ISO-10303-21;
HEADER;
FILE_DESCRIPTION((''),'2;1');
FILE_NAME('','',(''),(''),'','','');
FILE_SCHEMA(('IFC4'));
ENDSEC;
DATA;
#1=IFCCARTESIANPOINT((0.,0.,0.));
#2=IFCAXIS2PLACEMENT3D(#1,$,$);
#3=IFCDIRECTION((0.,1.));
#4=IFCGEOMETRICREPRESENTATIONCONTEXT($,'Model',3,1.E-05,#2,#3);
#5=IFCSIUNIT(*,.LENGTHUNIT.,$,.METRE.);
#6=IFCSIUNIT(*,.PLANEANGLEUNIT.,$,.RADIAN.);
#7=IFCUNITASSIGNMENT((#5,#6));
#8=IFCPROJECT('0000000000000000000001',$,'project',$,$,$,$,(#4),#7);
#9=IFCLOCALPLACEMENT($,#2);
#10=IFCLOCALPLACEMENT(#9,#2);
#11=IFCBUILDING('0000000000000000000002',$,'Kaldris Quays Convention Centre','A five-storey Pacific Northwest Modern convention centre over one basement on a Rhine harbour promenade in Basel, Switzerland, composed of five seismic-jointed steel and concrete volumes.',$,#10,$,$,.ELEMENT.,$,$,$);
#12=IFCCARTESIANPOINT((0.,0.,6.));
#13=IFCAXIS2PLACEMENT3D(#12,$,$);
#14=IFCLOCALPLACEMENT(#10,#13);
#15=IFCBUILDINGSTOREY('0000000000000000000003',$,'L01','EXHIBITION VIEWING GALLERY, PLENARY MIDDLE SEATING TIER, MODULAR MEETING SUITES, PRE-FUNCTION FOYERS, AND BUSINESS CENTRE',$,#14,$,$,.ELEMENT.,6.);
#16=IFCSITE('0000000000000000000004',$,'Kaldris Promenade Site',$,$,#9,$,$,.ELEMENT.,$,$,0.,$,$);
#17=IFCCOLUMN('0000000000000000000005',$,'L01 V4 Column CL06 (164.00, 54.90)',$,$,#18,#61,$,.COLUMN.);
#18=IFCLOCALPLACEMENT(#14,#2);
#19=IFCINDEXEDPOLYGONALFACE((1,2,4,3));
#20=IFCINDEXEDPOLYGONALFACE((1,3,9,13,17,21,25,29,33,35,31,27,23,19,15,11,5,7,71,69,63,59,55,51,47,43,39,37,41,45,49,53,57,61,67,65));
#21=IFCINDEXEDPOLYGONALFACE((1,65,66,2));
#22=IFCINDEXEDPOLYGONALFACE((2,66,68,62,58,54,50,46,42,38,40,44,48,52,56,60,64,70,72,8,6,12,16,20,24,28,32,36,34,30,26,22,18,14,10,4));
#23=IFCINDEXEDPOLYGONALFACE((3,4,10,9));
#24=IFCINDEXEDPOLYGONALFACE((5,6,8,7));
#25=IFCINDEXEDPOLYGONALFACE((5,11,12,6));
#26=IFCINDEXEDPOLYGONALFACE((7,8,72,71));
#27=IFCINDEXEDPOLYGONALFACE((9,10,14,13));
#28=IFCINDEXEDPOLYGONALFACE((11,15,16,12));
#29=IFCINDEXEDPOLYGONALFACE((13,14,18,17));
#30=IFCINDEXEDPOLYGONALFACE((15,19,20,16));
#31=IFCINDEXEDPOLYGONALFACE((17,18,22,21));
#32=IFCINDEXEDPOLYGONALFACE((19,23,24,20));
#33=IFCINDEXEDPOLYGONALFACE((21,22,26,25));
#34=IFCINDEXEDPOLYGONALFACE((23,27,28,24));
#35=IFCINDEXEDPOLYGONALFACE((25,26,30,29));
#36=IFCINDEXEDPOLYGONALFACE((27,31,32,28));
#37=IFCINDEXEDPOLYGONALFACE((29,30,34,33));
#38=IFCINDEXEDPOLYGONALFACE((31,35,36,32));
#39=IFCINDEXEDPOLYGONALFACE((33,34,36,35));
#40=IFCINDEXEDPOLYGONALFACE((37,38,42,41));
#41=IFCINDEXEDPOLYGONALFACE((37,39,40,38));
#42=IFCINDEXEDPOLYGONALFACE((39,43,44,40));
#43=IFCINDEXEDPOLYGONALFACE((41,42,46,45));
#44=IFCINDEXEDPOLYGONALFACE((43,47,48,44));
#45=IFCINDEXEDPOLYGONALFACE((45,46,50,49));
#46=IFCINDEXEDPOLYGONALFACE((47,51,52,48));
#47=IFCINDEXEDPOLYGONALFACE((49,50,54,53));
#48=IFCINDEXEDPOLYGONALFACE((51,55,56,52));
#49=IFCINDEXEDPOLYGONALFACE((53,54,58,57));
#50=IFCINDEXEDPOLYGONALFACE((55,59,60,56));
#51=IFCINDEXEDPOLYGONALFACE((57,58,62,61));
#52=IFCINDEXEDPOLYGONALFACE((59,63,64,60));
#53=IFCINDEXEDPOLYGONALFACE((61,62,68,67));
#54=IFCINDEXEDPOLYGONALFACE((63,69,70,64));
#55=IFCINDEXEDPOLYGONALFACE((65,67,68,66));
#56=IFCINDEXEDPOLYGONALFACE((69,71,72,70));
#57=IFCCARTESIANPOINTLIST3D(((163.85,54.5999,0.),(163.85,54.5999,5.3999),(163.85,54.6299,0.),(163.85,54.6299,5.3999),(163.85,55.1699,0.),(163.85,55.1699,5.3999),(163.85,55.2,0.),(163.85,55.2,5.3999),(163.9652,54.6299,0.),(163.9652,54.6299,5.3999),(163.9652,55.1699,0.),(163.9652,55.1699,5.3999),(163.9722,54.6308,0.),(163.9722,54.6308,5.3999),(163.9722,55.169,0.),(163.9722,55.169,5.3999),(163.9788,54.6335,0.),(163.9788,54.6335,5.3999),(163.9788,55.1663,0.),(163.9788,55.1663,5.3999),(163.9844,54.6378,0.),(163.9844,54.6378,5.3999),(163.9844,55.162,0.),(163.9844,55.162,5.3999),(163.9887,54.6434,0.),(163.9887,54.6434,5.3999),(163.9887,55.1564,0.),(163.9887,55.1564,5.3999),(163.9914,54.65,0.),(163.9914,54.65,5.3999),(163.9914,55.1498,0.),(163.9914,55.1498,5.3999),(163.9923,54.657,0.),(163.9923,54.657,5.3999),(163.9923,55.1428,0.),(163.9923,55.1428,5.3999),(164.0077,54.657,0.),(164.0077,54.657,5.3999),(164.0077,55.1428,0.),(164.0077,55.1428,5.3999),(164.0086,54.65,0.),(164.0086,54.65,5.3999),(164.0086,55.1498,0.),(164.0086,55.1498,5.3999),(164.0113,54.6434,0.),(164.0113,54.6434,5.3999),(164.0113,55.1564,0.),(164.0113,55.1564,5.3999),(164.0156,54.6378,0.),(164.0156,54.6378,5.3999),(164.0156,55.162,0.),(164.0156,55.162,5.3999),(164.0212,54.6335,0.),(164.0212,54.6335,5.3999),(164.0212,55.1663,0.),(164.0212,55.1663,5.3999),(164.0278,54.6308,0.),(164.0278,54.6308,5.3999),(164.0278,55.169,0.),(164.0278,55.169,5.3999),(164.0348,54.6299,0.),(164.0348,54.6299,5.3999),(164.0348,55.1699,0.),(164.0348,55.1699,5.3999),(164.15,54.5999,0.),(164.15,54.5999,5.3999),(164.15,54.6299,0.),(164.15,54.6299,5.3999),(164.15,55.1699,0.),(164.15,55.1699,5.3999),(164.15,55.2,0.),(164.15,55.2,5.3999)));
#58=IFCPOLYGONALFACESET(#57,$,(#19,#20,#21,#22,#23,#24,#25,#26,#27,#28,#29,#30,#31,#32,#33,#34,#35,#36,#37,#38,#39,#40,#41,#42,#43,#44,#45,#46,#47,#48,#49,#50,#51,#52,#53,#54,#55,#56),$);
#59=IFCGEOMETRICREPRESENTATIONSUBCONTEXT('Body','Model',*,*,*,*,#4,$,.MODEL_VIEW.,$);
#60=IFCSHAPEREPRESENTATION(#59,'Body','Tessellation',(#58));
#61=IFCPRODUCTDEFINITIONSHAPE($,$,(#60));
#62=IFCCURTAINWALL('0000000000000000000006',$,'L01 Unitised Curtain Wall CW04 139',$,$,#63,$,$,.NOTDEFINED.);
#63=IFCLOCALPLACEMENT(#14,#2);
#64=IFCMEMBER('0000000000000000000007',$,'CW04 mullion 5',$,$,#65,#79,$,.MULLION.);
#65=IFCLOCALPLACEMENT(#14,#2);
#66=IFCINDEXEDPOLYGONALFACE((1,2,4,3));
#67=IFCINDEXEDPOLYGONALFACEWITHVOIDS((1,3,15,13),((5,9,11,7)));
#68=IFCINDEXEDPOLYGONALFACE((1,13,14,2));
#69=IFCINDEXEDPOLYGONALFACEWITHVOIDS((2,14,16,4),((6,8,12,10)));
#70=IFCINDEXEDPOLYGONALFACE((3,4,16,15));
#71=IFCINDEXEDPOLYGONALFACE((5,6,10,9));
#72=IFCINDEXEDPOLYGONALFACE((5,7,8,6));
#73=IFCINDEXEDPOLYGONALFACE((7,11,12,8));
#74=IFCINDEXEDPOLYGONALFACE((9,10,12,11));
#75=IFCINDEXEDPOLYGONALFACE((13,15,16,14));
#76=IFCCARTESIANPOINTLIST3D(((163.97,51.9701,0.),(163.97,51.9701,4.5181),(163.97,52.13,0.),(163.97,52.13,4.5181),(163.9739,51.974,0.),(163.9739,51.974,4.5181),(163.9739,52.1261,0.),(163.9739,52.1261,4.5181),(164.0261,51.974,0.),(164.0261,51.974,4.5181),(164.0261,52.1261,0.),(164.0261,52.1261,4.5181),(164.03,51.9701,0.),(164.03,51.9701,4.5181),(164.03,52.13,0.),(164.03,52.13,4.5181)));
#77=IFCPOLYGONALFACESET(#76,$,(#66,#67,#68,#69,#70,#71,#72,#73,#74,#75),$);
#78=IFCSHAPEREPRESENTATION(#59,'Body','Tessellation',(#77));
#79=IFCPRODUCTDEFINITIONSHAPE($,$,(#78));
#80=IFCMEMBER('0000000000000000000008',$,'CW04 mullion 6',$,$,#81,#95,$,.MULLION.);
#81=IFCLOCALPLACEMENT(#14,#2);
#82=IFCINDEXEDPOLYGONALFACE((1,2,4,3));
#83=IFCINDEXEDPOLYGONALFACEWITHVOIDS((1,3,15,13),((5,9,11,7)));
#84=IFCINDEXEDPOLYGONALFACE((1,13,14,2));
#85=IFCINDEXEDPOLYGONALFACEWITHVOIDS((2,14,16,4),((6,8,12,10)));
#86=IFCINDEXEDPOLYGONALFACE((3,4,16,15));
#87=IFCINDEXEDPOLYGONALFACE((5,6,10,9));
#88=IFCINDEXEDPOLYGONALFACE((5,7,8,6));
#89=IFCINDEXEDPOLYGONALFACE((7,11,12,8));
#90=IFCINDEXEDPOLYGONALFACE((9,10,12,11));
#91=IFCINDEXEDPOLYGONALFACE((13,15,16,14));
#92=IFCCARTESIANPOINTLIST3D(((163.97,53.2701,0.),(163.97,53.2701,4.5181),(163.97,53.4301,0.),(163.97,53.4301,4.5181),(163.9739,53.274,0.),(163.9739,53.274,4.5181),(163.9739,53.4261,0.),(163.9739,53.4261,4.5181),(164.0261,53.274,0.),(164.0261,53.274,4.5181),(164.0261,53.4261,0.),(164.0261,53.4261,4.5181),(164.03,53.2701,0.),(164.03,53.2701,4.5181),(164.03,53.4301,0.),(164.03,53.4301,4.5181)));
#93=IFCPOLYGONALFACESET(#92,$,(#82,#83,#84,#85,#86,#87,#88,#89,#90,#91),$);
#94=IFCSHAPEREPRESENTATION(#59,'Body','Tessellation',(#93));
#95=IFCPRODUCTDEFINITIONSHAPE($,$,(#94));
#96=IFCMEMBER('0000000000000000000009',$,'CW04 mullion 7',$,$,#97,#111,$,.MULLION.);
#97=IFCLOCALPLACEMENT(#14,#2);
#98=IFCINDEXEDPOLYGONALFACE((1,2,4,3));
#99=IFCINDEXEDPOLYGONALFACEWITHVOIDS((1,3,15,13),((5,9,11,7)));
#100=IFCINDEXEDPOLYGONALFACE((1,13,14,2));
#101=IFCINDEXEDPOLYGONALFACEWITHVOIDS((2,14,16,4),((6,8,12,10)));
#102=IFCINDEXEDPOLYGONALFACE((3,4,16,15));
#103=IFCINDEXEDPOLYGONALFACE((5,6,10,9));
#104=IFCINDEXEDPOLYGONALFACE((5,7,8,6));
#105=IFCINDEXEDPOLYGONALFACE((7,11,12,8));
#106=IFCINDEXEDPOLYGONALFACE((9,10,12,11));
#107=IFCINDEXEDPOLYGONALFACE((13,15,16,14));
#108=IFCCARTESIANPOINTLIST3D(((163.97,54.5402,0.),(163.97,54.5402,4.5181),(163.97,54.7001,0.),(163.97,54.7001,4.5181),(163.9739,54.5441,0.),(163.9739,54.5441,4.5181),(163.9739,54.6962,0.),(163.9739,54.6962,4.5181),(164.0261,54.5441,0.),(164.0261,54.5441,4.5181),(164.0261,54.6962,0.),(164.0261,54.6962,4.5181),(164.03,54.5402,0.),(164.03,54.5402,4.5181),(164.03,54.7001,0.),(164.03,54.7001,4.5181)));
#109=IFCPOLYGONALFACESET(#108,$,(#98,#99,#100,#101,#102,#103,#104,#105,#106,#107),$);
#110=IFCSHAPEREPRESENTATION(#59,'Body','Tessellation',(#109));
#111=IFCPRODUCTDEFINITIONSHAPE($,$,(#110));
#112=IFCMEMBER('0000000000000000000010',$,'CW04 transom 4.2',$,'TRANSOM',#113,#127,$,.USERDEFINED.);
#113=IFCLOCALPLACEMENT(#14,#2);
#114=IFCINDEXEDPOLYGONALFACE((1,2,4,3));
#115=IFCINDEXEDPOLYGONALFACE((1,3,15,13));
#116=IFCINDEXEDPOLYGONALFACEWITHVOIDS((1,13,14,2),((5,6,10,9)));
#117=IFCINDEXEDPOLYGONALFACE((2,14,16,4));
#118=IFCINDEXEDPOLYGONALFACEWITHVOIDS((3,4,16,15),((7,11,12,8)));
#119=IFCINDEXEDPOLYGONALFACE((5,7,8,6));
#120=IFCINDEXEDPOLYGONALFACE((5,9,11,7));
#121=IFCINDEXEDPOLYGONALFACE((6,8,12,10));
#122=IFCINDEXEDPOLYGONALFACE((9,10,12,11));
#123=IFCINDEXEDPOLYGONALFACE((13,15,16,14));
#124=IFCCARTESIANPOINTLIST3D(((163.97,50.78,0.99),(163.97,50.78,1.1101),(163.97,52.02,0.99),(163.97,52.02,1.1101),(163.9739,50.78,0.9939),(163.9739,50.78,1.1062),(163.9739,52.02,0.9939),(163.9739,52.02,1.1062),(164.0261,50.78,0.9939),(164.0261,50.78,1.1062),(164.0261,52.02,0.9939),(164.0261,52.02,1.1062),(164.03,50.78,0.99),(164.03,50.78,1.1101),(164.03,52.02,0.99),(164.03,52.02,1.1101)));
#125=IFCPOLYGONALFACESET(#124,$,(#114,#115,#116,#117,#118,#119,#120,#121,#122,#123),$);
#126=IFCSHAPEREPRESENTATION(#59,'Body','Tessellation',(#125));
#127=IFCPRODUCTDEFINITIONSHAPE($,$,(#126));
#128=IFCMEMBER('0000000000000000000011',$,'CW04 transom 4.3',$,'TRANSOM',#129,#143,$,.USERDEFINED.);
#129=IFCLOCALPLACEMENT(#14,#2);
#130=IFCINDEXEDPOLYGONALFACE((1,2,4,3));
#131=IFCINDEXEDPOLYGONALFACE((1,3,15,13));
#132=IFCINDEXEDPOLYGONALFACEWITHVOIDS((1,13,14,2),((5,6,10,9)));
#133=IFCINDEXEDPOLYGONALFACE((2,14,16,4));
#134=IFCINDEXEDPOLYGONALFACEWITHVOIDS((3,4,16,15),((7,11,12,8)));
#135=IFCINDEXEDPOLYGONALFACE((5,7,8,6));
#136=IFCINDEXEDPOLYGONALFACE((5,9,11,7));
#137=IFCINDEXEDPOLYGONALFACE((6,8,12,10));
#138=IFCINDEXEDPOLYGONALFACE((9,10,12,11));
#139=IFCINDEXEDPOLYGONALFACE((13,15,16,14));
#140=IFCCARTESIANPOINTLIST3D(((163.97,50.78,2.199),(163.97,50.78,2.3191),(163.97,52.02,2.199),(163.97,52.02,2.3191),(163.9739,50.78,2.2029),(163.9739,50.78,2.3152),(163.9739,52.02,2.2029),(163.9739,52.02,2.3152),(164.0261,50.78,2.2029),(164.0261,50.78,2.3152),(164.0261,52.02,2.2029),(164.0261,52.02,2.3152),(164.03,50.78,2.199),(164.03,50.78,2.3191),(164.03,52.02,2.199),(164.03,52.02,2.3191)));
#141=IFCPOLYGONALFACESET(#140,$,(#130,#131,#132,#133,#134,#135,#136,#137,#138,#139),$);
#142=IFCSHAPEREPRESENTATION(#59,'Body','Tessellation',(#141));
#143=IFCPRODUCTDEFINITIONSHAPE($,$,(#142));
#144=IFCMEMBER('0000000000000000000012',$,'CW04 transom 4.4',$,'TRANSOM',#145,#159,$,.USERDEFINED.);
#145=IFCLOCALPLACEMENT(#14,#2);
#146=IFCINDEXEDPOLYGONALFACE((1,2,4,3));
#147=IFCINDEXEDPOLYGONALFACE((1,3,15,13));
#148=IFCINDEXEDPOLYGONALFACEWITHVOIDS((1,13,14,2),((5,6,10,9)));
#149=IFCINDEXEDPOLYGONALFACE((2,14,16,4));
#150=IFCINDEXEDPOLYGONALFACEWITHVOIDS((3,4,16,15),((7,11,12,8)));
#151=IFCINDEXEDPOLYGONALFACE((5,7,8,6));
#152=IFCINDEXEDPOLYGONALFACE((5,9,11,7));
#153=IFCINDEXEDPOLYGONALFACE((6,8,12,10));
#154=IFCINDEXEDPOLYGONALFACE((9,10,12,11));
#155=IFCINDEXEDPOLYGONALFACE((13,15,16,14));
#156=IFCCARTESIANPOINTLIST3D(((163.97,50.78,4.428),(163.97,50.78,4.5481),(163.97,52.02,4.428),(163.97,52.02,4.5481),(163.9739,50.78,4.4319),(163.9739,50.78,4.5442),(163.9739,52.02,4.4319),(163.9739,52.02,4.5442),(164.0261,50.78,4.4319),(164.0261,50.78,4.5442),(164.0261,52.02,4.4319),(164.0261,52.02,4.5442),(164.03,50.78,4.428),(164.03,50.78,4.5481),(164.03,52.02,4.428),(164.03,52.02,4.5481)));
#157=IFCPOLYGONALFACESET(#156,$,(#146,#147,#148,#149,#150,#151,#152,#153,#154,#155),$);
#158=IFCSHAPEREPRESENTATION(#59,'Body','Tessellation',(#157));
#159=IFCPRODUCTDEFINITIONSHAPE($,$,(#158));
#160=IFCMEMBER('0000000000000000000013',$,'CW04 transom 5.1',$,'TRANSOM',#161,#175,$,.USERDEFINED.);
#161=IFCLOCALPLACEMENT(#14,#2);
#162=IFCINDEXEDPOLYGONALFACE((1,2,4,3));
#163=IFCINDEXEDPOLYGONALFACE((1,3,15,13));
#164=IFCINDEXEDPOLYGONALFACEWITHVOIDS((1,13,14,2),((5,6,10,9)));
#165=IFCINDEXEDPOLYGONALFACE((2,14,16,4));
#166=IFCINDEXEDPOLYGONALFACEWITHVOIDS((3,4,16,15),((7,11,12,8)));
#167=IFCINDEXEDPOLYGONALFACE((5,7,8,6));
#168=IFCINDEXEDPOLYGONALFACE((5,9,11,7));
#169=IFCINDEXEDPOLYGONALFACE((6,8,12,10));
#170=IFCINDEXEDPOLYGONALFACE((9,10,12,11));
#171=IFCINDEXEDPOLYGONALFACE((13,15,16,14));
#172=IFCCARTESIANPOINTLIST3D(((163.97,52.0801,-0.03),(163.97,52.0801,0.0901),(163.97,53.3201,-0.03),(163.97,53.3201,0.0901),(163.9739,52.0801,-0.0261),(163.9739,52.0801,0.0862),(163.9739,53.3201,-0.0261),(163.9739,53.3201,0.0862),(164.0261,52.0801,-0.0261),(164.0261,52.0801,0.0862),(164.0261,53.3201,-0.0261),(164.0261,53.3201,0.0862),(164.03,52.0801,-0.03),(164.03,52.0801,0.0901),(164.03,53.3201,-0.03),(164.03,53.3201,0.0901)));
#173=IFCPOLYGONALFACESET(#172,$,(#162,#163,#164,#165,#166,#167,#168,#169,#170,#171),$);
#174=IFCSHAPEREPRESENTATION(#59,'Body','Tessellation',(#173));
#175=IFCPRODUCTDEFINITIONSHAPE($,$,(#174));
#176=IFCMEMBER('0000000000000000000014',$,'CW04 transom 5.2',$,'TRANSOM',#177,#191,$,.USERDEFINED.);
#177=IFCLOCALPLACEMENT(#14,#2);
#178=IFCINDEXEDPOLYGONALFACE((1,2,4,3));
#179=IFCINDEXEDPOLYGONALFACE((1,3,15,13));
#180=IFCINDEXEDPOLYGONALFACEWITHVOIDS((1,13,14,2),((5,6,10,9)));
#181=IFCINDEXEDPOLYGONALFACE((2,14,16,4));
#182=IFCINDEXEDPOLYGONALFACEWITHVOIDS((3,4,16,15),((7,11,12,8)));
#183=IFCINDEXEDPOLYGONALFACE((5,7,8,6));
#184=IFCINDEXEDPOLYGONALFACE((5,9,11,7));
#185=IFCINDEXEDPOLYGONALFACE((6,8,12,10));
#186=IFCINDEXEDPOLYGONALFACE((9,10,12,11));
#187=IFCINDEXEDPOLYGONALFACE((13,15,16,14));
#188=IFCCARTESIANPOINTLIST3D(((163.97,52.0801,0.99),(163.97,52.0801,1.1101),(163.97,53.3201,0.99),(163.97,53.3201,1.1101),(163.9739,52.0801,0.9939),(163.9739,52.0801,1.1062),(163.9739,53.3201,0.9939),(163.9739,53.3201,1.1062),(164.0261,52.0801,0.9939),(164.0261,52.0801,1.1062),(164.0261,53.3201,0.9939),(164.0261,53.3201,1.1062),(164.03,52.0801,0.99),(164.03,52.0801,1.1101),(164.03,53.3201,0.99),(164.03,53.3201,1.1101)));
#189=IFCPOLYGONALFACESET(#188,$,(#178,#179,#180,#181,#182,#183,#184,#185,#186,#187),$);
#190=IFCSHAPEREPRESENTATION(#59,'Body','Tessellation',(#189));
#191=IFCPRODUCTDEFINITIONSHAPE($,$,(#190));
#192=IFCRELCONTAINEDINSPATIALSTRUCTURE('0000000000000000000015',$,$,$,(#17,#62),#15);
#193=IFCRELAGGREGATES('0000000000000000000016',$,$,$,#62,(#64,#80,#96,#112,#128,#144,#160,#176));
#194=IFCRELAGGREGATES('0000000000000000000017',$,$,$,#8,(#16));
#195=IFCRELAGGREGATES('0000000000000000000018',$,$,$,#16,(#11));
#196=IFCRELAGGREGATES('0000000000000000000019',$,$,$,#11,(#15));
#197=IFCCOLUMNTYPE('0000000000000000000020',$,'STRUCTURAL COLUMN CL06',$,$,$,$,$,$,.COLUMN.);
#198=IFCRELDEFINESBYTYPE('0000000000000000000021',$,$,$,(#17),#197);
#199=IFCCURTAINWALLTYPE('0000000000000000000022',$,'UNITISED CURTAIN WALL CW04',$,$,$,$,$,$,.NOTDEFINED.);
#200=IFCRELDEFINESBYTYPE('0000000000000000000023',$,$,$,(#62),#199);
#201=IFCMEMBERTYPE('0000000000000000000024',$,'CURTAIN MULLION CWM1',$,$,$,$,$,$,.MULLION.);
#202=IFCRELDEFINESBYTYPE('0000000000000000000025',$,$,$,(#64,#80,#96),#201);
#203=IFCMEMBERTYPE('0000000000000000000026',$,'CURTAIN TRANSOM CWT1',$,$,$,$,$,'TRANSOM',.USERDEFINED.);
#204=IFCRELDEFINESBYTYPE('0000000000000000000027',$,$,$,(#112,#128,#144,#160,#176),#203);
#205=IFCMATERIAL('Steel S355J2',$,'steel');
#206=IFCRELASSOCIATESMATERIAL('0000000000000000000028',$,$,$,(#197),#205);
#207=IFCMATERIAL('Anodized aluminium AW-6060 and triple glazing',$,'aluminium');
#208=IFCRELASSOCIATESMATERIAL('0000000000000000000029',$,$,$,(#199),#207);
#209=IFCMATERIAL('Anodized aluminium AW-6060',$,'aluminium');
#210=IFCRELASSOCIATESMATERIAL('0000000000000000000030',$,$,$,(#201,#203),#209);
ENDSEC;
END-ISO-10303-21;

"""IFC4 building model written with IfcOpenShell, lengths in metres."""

from ifc_helpers import new_model, si_unit, direction, frame, origin, origin_2d, place, context, subcontext, project, spatial, hollow_rectangle, i_section, extrude, material, material_profile, profile_set, type_object, element, aggregate, save


model = new_model("IFC4")

# Units and contexts
model_context = context("Model", 3, precision=1e-05, world=origin(), true_north=direction((0.0, 1.0)))
body_context = subcontext(model_context, "Body", "Model", "MODEL_VIEW")
ifc_project = project(units=[si_unit("LENGTHUNIT", "METRE"), si_unit("PLANEANGLEUNIT", "RADIAN")], contexts=[model_context])

# Site, building, storey
site_placement = place(None, origin())
site = spatial("IfcSite", under=ifc_project, at=site_placement, Name="Kaldris Promenade Site", CompositionType="ELEMENT", RefElevation=0.0)
building_placement = place(site_placement, origin())
building = spatial("IfcBuilding", under=site, at=building_placement, Name="Kaldris Quays Convention Centre", Description="A five-storey Pacific Northwest Modern convention centre over one basement on a Rhine harbour promenade in Basel, Switzerland, composed of five seismic-jointed steel and concrete volumes.", CompositionType="ELEMENT")
storey_placement = place(building_placement, frame((0.0, 0.0, 6.0)))
storey = spatial("IfcBuildingStorey", under=building, at=storey_placement, Name="L01", Description="EXHIBITION VIEWING GALLERY, PLENARY MIDDLE SEATING TIER, MODULAR MEETING SUITES, PRE-FUNCTION FOYERS, AND BUSINESS CENTRE", CompositionType="ELEMENT", Elevation=6.0)

# Column
ifc_material_1 = material(Name="Steel S355J2", Category="steel")
ifc_material_profile_1 = material_profile(ifc_material_1, i_section(OverallWidth=0.3, OverallDepth=0.6001, WebThickness=0.0154, FlangeThickness=0.03, FilletRadius=0.0271, at=origin_2d()), Name="HEB 600")
ifc_profile_set_1 = profile_set([ifc_material_profile_1], Name="Steel S355J2")
column_type = type_object("IfcColumnType", Name="STRUCTURAL COLUMN CL06", PredefinedType="COLUMN", material=ifc_profile_set_1)
column_placement = place(storey_placement, frame((164.0, 54.8999, 0.0), z_axis=(0.0, 0.0, 1.0), x_axis=(1.0, 0.0, 0.0)))
element("IfcColumn", 1, at=column_placement, inside=storey, type_object=column_type, Name="L01 V4 Column CL06 (164.00, 54.90)", PredefinedType="COLUMN", context=body_context, shape_type="SweptSolid", body=[
    extrude(i_section(OverallWidth=0.3, OverallDepth=0.6001, WebThickness=0.0154, FlangeThickness=0.03, FilletRadius=0.0271, at=origin_2d()), origin(), (0.0, 0.0, 1.0), 5.3999),
])

# Curtain wall, members
ifc_material_2 = material(Name="Anodized aluminium AW-6060 and triple glazing", Category="aluminium")
curtain_wall_type = type_object("IfcCurtainWallType", Name="UNITISED CURTAIN WALL CW04", PredefinedType="NOTDEFINED", material=ifc_material_2)
curtain_wall_placement = place(storey_placement, origin())
curtain_wall = element("IfcCurtainWall", 2, at=curtain_wall_placement, inside=storey, type_object=curtain_wall_type, Name="L01 Unitised Curtain Wall CW04 139", PredefinedType="NOTDEFINED")
ifc_material_3 = material(Name="Anodized aluminium AW-6060", Category="aluminium")
ifc_material_profile_2 = material_profile(ifc_material_3, hollow_rectangle(XDim=0.0601, YDim=0.1599, WallThickness=0.0039, at=origin_2d()), Name="RHS 160x60x4")
ifc_profile_set_2 = profile_set([ifc_material_profile_2], Name="Anodized aluminium AW-6060")
member_type_1 = type_object("IfcMemberType", Name="CURTAIN MULLION CWM1", PredefinedType="MULLION", material=ifc_profile_set_2)
member_1_placement = place(storey_placement, frame((164.0, 52.05, 0.0), z_axis=(0.0, 0.0, 1.0), x_axis=(-1.0, 0.0, 0.0)))
member_1 = element("IfcMember", 3, at=member_1_placement, type_object=member_type_1, Name="CW04 mullion 5", PredefinedType="MULLION", context=body_context, shape_type="SweptSolid", body=[
    extrude(hollow_rectangle(XDim=0.0601, YDim=0.1599, WallThickness=0.0039, at=origin_2d()), origin(), (0.0, 0.0, 1.0), 4.5181),
])
member_2_placement = place(storey_placement, frame((164.0, 53.3501, 0.0), z_axis=(0.0, 0.0, 1.0), x_axis=(-1.0, 0.0, 0.0)))
member_2 = element("IfcMember", 4, at=member_2_placement, type_object=member_type_1, Name="CW04 mullion 6", PredefinedType="MULLION", context=body_context, shape_type="SweptSolid", body=[
    extrude(hollow_rectangle(XDim=0.0601, YDim=0.1599, WallThickness=0.0039, at=origin_2d()), origin(), (0.0, 0.0, 1.0), 4.5181),
])
member_3_placement = place(storey_placement, frame((164.0, 54.6201, 0.0), z_axis=(0.0, 0.0, 1.0), x_axis=(-1.0, 0.0, 0.0)))
member_3 = element("IfcMember", 5, at=member_3_placement, type_object=member_type_1, Name="CW04 mullion 7", PredefinedType="MULLION", context=body_context, shape_type="SweptSolid", body=[
    extrude(hollow_rectangle(XDim=0.0601, YDim=0.1599, WallThickness=0.0039, at=origin_2d()), origin(), (0.0, 0.0, 1.0), 4.5181),
])
ifc_material_profile_3 = material_profile(ifc_material_3, hollow_rectangle(XDim=0.0601, YDim=0.1201, WallThickness=0.0039, at=origin_2d()), Name="RHS 120x60x4")
ifc_profile_set_3 = profile_set([ifc_material_profile_3], Name="Anodized aluminium AW-6060")
member_type_2 = type_object("IfcMemberType", Name="CURTAIN TRANSOM CWT1", ElementType="TRANSOM", PredefinedType="USERDEFINED", material=ifc_profile_set_3)
member_4_placement = place(storey_placement, frame((164.0, 50.78, 1.05), z_axis=(0.0, 1.0, 0.0), x_axis=(-1.0, 0.0, 0.0)))
member_4 = element("IfcMember", 6, at=member_4_placement, type_object=member_type_2, Name="CW04 transom 4.2", ObjectType="TRANSOM", PredefinedType="USERDEFINED", context=body_context, shape_type="SweptSolid", body=[
    extrude(hollow_rectangle(XDim=0.0601, YDim=0.1201, WallThickness=0.0039, at=origin_2d()), origin(), (0.0, 0.0, 1.0), 1.24),
])
member_5_placement = place(storey_placement, frame((164.0, 50.78, 2.259), z_axis=(0.0, 1.0, 0.0), x_axis=(-1.0, 0.0, 0.0)))
member_5 = element("IfcMember", 7, at=member_5_placement, type_object=member_type_2, Name="CW04 transom 4.3", ObjectType="TRANSOM", PredefinedType="USERDEFINED", context=body_context, shape_type="SweptSolid", body=[
    extrude(hollow_rectangle(XDim=0.0601, YDim=0.1201, WallThickness=0.0039, at=origin_2d()), origin(), (0.0, 0.0, 1.0), 1.24),
])
member_6_placement = place(storey_placement, frame((164.0, 50.78, 4.488), z_axis=(0.0, 1.0, 0.0), x_axis=(-1.0, 0.0, 0.0)))
member_6 = element("IfcMember", 8, at=member_6_placement, type_object=member_type_2, Name="CW04 transom 4.4", ObjectType="TRANSOM", PredefinedType="USERDEFINED", context=body_context, shape_type="SweptSolid", body=[
    extrude(hollow_rectangle(XDim=0.0601, YDim=0.1201, WallThickness=0.0039, at=origin_2d()), origin(), (0.0, 0.0, 1.0), 1.24),
])
member_7_placement = place(storey_placement, frame((164.0, 52.0801, 0.03), z_axis=(0.0, 1.0, 0.0), x_axis=(-1.0, 0.0, 0.0)))
member_7 = element("IfcMember", 9, at=member_7_placement, type_object=member_type_2, Name="CW04 transom 5.1", ObjectType="TRANSOM", PredefinedType="USERDEFINED", context=body_context, shape_type="SweptSolid", body=[
    extrude(hollow_rectangle(XDim=0.0601, YDim=0.1201, WallThickness=0.0039, at=origin_2d()), origin(), (0.0, 0.0, 1.0), 1.24),
])
member_8_placement = place(storey_placement, frame((164.0, 52.0801, 1.05), z_axis=(0.0, 1.0, 0.0), x_axis=(-1.0, 0.0, 0.0)))
member_8 = element("IfcMember", 10, at=member_8_placement, type_object=member_type_2, Name="CW04 transom 5.2", ObjectType="TRANSOM", PredefinedType="USERDEFINED", context=body_context, shape_type="SweptSolid", body=[
    extrude(hollow_rectangle(XDim=0.0601, YDim=0.1201, WallThickness=0.0039, at=origin_2d()), origin(), (0.0, 0.0, 1.0), 1.24),
])

aggregate(curtain_wall, [member_1, member_2, member_3, member_4, member_5, member_6, member_7, member_8])

save(model, "model.ifc")
